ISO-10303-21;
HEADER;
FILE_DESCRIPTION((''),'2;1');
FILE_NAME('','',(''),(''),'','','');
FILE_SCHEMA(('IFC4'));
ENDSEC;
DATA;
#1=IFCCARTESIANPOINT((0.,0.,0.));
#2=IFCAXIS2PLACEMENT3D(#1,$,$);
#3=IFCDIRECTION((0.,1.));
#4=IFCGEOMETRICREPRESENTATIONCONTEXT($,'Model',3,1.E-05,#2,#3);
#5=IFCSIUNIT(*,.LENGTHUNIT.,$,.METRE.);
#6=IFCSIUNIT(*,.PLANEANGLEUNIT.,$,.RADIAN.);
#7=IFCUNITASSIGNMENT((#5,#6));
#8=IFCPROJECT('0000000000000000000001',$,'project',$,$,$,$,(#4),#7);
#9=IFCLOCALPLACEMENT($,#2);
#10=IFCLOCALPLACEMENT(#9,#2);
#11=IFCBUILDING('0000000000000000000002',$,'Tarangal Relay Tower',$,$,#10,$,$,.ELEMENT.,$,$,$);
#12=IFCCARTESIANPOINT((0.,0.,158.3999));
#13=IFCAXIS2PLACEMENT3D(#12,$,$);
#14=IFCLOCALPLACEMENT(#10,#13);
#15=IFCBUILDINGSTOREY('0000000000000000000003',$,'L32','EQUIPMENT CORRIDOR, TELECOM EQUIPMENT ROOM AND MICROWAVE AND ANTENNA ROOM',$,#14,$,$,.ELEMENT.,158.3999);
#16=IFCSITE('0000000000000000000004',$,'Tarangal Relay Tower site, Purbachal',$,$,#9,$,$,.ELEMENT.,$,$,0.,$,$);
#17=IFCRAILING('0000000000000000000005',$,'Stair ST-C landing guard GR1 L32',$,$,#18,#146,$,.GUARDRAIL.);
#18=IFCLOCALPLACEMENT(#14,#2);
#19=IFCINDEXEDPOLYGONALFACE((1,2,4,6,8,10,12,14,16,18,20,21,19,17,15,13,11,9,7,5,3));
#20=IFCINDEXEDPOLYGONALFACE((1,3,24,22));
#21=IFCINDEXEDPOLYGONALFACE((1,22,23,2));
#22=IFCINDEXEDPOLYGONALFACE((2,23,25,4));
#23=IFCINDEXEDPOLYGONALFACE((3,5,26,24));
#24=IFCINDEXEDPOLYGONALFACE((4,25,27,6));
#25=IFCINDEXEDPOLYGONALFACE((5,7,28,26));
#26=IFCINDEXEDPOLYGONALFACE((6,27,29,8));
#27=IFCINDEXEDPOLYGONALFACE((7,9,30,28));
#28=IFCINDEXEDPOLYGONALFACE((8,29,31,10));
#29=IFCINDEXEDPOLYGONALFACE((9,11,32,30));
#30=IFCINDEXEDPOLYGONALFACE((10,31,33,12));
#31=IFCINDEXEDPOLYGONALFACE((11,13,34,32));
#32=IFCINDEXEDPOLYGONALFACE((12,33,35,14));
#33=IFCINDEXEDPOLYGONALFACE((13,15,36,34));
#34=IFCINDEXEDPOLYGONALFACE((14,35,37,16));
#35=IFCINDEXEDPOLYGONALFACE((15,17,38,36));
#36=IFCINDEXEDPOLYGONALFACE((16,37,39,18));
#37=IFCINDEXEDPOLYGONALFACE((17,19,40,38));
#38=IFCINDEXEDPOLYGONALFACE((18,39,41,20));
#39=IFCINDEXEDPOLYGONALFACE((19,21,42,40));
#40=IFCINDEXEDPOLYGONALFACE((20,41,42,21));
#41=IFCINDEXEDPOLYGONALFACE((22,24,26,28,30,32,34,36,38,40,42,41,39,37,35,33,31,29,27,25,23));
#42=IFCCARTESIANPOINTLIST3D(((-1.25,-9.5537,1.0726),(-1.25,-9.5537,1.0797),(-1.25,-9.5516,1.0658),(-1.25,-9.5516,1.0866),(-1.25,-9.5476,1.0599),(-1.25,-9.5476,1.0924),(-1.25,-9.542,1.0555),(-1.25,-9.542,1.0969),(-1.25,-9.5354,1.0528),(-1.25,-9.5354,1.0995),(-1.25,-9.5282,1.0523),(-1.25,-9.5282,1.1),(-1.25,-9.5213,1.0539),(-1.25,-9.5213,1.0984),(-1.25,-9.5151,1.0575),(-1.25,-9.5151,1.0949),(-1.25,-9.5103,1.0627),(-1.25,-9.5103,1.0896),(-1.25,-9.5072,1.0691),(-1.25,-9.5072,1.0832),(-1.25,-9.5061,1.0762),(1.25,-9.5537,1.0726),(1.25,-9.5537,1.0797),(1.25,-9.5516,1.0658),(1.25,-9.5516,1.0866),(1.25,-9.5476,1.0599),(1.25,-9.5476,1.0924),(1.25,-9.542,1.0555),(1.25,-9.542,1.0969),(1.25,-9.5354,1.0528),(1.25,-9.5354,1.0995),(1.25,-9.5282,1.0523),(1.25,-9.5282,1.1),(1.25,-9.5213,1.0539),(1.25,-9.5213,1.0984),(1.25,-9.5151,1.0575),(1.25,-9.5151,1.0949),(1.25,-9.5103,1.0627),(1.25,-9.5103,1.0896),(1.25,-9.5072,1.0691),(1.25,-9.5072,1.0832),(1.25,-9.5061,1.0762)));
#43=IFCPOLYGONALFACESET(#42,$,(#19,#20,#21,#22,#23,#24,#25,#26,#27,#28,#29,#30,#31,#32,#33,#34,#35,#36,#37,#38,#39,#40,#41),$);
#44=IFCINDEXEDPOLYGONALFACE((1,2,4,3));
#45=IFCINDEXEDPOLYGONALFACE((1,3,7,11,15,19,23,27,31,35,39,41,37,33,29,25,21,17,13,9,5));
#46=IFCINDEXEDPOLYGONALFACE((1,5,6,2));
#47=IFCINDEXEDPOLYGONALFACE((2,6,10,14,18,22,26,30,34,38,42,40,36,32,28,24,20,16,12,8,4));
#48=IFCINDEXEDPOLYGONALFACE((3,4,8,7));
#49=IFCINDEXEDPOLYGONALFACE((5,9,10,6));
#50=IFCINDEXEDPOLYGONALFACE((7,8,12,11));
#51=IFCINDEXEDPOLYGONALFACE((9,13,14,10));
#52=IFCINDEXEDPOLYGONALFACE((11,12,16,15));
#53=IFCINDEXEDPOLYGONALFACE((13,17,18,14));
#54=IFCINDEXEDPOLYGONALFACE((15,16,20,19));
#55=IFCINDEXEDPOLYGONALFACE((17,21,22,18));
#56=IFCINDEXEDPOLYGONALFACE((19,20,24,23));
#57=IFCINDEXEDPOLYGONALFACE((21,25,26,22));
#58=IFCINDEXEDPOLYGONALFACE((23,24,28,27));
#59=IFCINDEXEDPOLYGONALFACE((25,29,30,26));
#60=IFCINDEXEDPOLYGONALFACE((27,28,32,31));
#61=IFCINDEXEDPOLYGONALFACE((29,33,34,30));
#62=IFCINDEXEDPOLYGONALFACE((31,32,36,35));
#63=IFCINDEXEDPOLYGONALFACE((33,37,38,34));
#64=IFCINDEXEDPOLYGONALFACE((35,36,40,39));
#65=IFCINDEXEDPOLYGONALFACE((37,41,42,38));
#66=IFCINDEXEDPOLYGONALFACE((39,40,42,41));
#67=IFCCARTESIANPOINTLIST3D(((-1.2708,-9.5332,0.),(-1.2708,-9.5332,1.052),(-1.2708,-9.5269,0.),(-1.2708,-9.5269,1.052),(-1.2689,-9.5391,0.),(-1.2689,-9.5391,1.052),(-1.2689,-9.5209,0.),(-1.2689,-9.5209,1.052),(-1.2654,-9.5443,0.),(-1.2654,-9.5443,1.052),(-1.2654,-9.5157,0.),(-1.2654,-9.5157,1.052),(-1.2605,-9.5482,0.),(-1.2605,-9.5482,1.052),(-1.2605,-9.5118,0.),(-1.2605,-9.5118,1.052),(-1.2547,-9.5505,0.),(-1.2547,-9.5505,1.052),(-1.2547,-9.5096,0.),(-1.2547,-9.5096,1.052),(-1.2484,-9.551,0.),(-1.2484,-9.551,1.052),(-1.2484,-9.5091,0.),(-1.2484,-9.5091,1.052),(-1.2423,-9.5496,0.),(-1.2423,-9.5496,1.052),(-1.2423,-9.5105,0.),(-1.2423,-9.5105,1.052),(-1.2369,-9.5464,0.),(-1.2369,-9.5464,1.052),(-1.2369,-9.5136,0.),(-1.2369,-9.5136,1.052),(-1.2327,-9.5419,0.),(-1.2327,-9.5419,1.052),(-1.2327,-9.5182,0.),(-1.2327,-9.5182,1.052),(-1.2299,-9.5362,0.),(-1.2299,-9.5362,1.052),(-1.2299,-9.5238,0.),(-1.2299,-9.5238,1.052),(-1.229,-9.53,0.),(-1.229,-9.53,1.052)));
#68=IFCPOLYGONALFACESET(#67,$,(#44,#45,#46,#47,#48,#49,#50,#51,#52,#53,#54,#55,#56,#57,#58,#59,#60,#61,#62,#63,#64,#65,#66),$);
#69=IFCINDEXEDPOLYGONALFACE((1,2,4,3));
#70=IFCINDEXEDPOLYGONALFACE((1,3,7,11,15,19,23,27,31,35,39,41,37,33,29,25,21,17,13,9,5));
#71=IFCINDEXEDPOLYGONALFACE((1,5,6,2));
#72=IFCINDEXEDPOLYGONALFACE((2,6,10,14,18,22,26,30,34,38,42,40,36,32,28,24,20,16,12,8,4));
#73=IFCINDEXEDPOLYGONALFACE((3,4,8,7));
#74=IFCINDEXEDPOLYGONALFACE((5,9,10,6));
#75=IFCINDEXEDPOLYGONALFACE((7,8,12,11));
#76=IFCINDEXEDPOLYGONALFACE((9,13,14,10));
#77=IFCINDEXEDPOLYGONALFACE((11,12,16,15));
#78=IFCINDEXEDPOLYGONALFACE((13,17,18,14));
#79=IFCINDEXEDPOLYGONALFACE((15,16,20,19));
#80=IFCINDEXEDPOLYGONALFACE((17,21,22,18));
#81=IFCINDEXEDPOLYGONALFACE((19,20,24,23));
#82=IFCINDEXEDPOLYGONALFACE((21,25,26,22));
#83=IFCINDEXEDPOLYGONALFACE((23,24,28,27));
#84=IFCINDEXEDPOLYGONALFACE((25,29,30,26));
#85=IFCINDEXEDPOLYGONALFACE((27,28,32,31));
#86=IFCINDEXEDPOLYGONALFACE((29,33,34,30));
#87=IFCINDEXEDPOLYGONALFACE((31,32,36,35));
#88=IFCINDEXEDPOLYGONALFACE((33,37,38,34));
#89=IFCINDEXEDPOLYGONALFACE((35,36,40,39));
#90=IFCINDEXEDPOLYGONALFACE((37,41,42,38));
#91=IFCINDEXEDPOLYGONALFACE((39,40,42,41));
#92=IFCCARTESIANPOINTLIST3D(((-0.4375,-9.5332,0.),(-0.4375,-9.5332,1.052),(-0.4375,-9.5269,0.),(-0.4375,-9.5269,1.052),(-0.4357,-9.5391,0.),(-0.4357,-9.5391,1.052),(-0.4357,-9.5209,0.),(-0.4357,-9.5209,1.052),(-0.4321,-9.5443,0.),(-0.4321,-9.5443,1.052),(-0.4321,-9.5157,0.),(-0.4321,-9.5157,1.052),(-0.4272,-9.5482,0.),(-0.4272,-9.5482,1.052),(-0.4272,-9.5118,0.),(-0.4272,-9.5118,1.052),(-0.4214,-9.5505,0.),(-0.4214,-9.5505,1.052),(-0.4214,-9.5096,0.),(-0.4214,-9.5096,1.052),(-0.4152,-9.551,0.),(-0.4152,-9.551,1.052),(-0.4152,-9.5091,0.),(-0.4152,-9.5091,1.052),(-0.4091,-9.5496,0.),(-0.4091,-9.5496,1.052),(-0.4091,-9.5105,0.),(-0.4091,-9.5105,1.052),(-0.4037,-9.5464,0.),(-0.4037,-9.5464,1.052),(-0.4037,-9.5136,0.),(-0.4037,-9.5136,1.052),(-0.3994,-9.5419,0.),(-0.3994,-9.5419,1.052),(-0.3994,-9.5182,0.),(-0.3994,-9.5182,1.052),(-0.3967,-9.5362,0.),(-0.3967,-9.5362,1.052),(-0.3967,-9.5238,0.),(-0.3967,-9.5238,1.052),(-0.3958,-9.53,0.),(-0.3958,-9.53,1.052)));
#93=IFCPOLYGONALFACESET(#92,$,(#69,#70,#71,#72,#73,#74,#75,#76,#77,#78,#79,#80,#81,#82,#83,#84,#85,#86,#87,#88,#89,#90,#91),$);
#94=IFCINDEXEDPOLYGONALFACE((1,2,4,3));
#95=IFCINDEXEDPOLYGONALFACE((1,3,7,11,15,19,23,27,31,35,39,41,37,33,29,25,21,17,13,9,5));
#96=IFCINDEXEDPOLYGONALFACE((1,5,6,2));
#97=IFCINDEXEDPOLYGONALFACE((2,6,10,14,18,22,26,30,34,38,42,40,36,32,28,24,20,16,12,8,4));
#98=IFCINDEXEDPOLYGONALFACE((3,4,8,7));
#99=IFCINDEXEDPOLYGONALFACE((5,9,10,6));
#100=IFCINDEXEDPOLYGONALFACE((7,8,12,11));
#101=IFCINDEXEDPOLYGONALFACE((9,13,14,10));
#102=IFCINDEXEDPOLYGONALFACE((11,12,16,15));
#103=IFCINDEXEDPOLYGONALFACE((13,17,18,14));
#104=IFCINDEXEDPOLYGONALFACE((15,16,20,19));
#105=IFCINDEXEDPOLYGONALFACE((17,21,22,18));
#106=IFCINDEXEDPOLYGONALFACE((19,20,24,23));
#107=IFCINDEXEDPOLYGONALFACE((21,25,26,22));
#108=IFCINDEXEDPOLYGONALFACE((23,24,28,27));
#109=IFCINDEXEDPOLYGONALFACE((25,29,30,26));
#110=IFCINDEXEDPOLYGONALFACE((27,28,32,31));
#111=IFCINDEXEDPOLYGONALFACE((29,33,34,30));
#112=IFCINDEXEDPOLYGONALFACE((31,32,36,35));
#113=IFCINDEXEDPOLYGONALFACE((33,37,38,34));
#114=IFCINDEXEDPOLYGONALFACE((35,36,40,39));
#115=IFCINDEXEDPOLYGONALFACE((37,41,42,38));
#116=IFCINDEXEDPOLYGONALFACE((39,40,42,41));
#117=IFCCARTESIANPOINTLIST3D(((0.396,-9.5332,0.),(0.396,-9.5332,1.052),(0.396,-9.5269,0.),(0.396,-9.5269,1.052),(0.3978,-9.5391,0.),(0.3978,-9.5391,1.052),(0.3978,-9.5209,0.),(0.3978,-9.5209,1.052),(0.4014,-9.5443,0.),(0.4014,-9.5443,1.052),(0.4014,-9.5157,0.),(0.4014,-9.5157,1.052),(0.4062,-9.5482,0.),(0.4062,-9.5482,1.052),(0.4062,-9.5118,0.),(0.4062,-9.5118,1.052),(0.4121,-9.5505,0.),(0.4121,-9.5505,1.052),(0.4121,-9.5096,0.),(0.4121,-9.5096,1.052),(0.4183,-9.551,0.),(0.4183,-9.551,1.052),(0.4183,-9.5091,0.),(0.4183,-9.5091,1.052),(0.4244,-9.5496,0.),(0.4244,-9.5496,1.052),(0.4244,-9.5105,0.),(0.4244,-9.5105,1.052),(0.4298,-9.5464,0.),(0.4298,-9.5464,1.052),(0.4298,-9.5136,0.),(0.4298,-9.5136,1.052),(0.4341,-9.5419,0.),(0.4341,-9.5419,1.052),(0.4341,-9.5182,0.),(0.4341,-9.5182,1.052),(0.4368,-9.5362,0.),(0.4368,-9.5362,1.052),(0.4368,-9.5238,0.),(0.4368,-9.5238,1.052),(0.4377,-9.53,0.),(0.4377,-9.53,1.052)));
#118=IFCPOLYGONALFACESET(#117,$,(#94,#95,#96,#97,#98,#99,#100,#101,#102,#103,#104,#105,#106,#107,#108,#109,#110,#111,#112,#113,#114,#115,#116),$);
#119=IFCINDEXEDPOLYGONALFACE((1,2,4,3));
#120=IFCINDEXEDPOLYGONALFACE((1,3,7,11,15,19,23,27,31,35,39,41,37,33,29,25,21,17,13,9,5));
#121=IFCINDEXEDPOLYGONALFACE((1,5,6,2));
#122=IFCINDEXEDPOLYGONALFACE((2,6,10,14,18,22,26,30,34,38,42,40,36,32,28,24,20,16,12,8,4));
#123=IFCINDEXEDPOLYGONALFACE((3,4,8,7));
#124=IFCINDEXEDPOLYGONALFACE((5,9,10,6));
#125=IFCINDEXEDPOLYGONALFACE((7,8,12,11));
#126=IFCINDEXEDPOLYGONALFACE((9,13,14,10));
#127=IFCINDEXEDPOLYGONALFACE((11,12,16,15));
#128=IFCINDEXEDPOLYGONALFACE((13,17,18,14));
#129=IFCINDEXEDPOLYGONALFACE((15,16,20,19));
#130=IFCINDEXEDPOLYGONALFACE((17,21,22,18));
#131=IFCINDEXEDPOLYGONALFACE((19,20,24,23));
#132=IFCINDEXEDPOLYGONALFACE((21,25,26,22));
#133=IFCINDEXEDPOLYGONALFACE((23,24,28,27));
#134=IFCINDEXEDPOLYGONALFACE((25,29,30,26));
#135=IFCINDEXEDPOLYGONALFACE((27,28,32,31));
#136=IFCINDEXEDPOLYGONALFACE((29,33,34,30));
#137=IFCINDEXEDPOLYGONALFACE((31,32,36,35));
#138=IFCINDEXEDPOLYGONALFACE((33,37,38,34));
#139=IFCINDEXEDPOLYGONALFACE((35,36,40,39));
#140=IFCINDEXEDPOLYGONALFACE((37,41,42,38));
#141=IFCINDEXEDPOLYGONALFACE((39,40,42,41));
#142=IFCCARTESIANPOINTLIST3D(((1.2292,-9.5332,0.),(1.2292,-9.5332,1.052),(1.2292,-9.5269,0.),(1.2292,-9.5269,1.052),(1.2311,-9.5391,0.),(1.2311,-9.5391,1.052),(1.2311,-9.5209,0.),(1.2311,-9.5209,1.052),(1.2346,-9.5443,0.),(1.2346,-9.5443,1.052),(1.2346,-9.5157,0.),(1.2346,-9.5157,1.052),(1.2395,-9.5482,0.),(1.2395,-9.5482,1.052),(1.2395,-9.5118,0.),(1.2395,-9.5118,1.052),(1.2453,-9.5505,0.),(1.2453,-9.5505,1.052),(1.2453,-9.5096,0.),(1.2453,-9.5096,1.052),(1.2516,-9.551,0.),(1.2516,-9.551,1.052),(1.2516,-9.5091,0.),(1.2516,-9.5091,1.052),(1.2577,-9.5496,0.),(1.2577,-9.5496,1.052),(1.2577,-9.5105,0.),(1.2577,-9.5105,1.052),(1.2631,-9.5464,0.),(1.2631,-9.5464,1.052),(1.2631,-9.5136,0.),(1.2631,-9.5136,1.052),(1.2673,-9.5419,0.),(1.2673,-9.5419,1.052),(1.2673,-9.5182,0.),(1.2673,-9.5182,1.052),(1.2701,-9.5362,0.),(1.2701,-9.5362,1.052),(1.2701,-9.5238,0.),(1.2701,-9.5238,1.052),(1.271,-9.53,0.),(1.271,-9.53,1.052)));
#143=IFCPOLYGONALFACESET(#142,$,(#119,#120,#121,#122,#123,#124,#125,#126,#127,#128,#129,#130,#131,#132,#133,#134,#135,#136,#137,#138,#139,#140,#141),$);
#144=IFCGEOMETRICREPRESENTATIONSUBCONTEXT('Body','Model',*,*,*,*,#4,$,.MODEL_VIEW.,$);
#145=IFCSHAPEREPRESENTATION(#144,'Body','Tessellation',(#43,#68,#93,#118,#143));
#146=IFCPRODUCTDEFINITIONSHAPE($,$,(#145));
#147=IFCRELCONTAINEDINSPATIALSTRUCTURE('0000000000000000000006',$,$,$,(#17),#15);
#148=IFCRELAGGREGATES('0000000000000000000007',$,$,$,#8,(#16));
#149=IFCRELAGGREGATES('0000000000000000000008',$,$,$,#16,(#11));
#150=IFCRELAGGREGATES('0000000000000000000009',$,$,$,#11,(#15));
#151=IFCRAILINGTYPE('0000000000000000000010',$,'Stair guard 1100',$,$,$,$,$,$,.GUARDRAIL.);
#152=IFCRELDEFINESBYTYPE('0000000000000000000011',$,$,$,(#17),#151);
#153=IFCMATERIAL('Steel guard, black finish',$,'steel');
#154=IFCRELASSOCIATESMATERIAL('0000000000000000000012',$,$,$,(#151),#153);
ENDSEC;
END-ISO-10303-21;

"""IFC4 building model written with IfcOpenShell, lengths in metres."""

from ifc_helpers import new_model, si_unit, direction, frame, origin, origin_2d, place, context, subcontext, project, spatial, circle, extrude, material, type_object, element, save


model = new_model("IFC4")

# Units and contexts
model_context = context("Model", 3, precision=1e-05, world=origin(), true_north=direction((0.0, 1.0)))
body_context = subcontext(model_context, "Body", "Model", "MODEL_VIEW")
ifc_project = project(units=[si_unit("LENGTHUNIT", "METRE"), si_unit("PLANEANGLEUNIT", "RADIAN")], contexts=[model_context])

# Site, building, storey
site_placement = place(None, origin())
site = spatial("IfcSite", under=ifc_project, at=site_placement, Name="Tarangal Relay Tower site, Purbachal", CompositionType="ELEMENT", RefElevation=0.0)
building_placement = place(site_placement, origin())
building = spatial("IfcBuilding", under=site, at=building_placement, Name="Tarangal Relay Tower", CompositionType="ELEMENT")
storey_placement = place(building_placement, frame((0.0, 0.0, 158.3999)))
storey = spatial("IfcBuildingStorey", under=building, at=storey_placement, Name="L32", Description="EQUIPMENT CORRIDOR, TELECOM EQUIPMENT ROOM AND MICROWAVE AND ANTENNA ROOM", CompositionType="ELEMENT", Elevation=158.3999)

# Railing
ifc_material_1 = material(Name="Steel guard, black finish", Category="steel")
railing_type_1 = type_object("IfcRailingType", Name="Stair guard 1100", PredefinedType="GUARDRAIL", material=ifc_material_1)
for number, where, name in (
    (1, (-1.25, -9.53, 0.0), "Stair ST-C landing guard GR1 L32"),
):
    element("IfcRailing", number, at=place(storey_placement, frame(where)), inside=storey, type_object=railing_type_1, Name=name, PredefinedType="GUARDRAIL", context=body_context, shape_type="SweptSolid", body=[
        extrude(circle(Radius=0.0239, at=origin_2d()), frame((0.0, 0.0, 1.0762), z_axis=(1.0, 0.0, 0.0), x_axis=(0.0, 1.0, 0.0)), (0.0, 0.0, 1.0), 2.5),
        extrude(circle(Radius=0.021, at=origin_2d()), origin(), (0.0, 0.0, 1.0), 1.052),
        extrude(circle(Radius=0.021, at=origin_2d()), frame((0.8333, 0.0, 0.0)), (0.0, 0.0, 1.0), 1.052),
        extrude(circle(Radius=0.021, at=origin_2d()), frame((1.6667, 0.0, 0.0)), (0.0, 0.0, 1.0), 1.052),
        extrude(circle(Radius=0.021, at=origin_2d()), frame((2.5, 0.0, 0.0)), (0.0, 0.0, 1.0), 1.052),
    ])

save(model, "model.ifc")
